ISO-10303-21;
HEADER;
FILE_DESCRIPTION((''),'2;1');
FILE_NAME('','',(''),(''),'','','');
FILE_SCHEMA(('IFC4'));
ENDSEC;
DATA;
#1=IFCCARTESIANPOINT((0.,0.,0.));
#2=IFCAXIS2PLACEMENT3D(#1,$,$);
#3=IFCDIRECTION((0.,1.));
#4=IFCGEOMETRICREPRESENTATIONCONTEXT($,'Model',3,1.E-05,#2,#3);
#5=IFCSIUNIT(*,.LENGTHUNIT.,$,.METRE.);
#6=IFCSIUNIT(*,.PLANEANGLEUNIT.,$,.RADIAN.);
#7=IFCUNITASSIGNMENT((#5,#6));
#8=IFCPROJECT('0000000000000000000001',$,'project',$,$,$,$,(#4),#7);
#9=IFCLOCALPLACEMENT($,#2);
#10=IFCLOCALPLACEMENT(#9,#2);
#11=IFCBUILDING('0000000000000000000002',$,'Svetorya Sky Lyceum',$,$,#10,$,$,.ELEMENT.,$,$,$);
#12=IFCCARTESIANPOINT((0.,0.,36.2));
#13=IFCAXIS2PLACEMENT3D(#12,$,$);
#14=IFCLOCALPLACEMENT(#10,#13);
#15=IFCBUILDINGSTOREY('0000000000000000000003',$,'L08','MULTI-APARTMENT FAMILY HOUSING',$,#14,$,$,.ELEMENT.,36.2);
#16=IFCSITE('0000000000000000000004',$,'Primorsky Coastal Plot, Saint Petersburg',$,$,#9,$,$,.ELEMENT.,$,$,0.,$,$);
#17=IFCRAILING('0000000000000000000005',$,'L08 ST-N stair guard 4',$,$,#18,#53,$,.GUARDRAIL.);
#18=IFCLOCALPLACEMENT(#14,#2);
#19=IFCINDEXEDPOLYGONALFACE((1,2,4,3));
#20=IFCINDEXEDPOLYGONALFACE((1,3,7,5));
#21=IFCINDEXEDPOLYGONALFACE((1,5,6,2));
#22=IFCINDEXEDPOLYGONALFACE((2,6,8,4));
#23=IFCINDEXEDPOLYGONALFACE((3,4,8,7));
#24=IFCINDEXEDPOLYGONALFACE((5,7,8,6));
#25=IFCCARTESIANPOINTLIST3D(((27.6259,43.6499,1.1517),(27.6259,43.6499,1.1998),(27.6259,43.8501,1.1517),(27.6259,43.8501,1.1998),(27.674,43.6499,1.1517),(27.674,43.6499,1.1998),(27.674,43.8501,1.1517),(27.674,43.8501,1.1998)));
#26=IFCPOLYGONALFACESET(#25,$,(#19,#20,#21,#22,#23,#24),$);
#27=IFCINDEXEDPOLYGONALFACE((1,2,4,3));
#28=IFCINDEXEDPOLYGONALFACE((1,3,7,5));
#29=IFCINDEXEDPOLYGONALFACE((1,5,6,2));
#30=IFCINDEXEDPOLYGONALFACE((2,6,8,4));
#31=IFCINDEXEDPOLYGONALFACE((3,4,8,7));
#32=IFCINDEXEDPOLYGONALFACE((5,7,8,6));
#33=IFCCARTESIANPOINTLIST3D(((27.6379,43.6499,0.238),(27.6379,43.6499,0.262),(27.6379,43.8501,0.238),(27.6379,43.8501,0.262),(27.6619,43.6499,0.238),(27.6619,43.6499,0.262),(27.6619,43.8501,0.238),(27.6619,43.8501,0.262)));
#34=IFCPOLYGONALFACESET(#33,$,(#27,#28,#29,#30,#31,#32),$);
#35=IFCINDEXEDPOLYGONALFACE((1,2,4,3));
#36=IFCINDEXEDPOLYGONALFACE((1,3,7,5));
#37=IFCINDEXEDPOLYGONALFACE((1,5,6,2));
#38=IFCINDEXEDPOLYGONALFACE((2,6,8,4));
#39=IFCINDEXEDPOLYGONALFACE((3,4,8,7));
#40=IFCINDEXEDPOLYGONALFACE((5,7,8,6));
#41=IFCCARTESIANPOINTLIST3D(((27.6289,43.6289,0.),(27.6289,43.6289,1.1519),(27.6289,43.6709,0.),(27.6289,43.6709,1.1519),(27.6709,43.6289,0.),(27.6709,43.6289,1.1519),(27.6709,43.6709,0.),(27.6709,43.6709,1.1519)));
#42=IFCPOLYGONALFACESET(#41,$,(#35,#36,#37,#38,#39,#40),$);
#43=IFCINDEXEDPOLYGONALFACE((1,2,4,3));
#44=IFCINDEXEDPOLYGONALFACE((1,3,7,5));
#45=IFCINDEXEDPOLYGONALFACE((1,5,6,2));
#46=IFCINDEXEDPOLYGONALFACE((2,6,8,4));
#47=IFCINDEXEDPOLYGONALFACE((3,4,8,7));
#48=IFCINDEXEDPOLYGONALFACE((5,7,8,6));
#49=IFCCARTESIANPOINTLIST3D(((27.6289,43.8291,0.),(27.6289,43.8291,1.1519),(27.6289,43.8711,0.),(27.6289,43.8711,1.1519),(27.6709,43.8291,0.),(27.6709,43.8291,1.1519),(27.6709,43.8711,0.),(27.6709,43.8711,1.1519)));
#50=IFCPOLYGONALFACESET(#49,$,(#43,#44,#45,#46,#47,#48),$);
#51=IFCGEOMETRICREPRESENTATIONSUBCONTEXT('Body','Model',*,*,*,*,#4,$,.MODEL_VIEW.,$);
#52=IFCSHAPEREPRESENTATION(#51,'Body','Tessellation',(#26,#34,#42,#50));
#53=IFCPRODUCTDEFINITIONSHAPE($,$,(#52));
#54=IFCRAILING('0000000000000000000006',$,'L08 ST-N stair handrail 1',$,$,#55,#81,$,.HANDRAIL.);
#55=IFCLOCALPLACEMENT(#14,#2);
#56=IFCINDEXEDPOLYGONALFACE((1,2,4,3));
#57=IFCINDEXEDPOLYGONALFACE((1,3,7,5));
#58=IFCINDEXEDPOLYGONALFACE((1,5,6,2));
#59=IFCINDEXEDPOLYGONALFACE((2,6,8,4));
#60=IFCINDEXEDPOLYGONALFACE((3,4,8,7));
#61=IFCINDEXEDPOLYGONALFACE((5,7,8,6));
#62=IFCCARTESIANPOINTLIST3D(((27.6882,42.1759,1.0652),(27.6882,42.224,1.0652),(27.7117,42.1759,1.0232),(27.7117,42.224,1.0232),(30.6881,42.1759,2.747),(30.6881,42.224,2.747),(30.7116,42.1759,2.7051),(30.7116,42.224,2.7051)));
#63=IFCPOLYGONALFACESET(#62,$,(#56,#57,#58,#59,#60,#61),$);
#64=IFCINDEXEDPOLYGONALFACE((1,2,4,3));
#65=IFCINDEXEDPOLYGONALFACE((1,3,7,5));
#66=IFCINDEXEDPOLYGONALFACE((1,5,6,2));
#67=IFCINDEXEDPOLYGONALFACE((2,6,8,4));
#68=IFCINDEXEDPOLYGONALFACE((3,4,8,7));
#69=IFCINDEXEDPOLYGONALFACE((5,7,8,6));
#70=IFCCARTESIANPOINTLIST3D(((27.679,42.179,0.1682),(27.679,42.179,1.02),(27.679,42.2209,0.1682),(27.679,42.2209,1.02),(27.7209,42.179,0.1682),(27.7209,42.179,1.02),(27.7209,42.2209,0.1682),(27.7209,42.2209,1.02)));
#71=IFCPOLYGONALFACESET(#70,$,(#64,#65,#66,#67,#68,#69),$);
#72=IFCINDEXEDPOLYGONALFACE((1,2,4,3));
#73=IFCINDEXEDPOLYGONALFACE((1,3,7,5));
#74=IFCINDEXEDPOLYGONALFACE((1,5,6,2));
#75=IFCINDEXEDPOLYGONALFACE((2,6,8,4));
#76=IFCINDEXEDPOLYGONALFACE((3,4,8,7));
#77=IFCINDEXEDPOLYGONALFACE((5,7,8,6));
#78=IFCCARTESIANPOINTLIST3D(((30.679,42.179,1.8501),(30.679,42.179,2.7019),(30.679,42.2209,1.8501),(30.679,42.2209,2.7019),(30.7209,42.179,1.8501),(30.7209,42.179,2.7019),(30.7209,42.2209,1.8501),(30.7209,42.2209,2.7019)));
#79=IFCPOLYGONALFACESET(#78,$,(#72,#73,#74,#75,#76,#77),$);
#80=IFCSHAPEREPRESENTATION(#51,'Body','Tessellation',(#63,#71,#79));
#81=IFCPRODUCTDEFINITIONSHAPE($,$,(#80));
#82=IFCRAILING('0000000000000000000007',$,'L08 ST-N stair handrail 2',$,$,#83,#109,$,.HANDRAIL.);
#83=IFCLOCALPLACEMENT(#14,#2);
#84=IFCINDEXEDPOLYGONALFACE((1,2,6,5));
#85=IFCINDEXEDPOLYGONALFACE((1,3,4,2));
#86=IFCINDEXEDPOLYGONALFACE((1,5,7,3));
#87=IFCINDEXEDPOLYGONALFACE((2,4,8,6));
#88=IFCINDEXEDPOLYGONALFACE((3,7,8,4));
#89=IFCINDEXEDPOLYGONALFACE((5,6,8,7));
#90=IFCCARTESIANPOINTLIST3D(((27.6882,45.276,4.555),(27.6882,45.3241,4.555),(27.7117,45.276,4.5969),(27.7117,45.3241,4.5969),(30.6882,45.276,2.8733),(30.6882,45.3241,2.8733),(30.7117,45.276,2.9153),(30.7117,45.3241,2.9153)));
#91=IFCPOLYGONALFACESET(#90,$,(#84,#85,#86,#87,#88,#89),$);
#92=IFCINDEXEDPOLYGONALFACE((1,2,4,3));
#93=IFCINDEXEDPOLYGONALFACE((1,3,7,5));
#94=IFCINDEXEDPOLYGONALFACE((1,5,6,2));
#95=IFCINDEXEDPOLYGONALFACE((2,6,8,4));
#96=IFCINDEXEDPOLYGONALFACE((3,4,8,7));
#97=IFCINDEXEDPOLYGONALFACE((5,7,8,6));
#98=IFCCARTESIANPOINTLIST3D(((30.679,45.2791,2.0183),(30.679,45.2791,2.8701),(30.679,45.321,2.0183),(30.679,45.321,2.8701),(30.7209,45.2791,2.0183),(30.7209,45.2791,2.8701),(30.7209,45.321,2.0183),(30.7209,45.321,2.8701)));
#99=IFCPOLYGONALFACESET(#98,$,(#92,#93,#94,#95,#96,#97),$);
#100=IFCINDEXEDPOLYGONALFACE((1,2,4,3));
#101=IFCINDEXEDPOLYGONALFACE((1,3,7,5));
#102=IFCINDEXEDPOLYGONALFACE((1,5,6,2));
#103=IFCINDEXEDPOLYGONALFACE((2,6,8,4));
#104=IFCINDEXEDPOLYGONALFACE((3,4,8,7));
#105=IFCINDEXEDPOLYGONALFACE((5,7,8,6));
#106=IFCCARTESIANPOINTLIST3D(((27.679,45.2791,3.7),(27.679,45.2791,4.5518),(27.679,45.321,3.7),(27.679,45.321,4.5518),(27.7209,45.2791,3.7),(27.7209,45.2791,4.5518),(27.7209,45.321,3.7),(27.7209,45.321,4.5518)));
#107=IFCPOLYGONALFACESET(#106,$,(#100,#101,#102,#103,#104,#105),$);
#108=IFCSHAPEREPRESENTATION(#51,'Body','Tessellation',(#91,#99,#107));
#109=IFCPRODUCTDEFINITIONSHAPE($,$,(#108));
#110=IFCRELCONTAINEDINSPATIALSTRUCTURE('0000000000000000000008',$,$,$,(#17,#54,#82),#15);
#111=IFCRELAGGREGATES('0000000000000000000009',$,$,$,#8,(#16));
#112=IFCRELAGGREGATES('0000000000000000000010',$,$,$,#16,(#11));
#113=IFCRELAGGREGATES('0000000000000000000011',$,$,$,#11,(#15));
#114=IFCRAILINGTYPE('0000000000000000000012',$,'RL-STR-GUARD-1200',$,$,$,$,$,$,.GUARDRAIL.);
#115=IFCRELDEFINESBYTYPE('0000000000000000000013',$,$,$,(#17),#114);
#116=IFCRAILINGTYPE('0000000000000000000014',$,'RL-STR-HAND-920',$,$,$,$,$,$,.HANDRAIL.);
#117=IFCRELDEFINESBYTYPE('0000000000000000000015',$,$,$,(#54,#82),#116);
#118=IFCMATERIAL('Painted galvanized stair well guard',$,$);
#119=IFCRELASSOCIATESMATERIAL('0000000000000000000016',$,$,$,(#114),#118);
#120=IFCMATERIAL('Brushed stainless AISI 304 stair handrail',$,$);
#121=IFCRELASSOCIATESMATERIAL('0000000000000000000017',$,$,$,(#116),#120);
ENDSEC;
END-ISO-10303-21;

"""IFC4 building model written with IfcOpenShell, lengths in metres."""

from ifc_helpers import new_model, si_unit, direction, frame, origin, origin_2d, place, context, subcontext, project, spatial, rectangle, extrude, material, type_object, element, save


model = new_model("IFC4")

# Units and contexts
model_context = context("Model", 3, precision=1e-05, world=origin(), true_north=direction((0.0, 1.0)))
body_context = subcontext(model_context, "Body", "Model", "MODEL_VIEW")
ifc_project = project(units=[si_unit("LENGTHUNIT", "METRE"), si_unit("PLANEANGLEUNIT", "RADIAN")], contexts=[model_context])

# Site, building, storey
site_placement = place(None, origin())
site = spatial("IfcSite", under=ifc_project, at=site_placement, Name="Primorsky Coastal Plot, Saint Petersburg", CompositionType="ELEMENT", RefElevation=0.0)
building_placement = place(site_placement, origin())
building = spatial("IfcBuilding", under=site, at=building_placement, Name="Svetorya Sky Lyceum", CompositionType="ELEMENT")
storey_placement = place(building_placement, frame((0.0, 0.0, 36.2)))
storey = spatial("IfcBuildingStorey", under=building, at=storey_placement, Name="L08", Description="MULTI-APARTMENT FAMILY HOUSING", CompositionType="ELEMENT", Elevation=36.2)

# Railings
ifc_material_1 = material(Name="Painted galvanized stair well guard")
railing_type_1 = type_object("IfcRailingType", Name="RL-STR-GUARD-1200", PredefinedType="GUARDRAIL", material=ifc_material_1)
railing_1_placement = place(storey_placement, frame((27.6499, 43.6499, 0.0)))
element("IfcRailing", 1, at=railing_1_placement, inside=storey, type_object=railing_type_1, Name="L08 ST-N stair guard 4", PredefinedType="GUARDRAIL", context=body_context, shape_type="SweptSolid", body=[
    extrude(rectangle(XDim=0.0481, YDim=0.0481, at=origin_2d()), frame((0.0, 0.0, 1.1758), z_axis=(0.0, 1.0, 0.0), x_axis=(-1.0, 0.0, 0.0)), (0.0, 0.0, 1.0), 0.2002),
    extrude(rectangle(XDim=0.0239, YDim=0.0239, at=origin_2d()), frame((0.0, 0.0, 0.25), z_axis=(0.0, 1.0, 0.0), x_axis=(-1.0, 0.0, 0.0)), (0.0, 0.0, 1.0), 0.2002),
    extrude(rectangle(XDim=0.042, YDim=0.042, at=origin_2d()), origin(), (0.0, 0.0, 1.0), 1.1519),
    extrude(rectangle(XDim=0.042, YDim=0.042, at=origin_2d()), frame((0.0, 0.2002, 0.0)), (0.0, 0.0, 1.0), 1.1519),
])
ifc_material_2 = material(Name="Brushed stainless AISI 304 stair handrail")
railing_type_2 = type_object("IfcRailingType", Name="RL-STR-HAND-920", PredefinedType="HANDRAIL", material=ifc_material_2)
railing_2_placement = place(storey_placement, frame((27.7, 42.2, 0.1682)))
element("IfcRailing", 2, at=railing_2_placement, inside=storey, type_object=railing_type_2, Name="L08 ST-N stair handrail 1", PredefinedType="HANDRAIL", context=body_context, shape_type="SweptSolid", body=[
    extrude(rectangle(XDim=0.0481, YDim=0.0481, at=origin_2d()), frame((0.0, 0.0, 0.876), z_axis=(0.872272, 0.0, 0.48902), x_axis=(0.0, 1.0, 0.0)), (0.0, 0.0, 1.0), 3.4392),
    extrude(rectangle(XDim=0.042, YDim=0.042, at=origin_2d()), origin(), (0.0, 0.0, 1.0), 0.8518),
    extrude(rectangle(XDim=0.042, YDim=0.042, at=origin_2d()), frame((3.0, 0.0, 1.6819)), (0.0, 0.0, 1.0), 0.8518),
])
railing_3_placement = place(storey_placement, frame((30.7, 45.3, 2.0183)))
element("IfcRailing", 3, at=railing_3_placement, inside=storey, type_object=railing_type_2, Name="L08 ST-N stair handrail 2", PredefinedType="HANDRAIL", context=body_context, shape_type="SweptSolid", body=[
    extrude(rectangle(XDim=0.0481, YDim=0.0481, at=origin_2d()), frame((0.0, 0.0, 0.876), z_axis=(-0.872303, 0.0, 0.488966), x_axis=(0.0, -1.0, 0.0)), (0.0, 0.0, 1.0), 3.4392),
    extrude(rectangle(XDim=0.042, YDim=0.042, at=origin_2d()), origin(), (0.0, 0.0, 1.0), 0.8518),
    extrude(rectangle(XDim=0.042, YDim=0.042, at=origin_2d()), frame((-3.0, 0.0, 1.6816)), (0.0, 0.0, 1.0), 0.8518),
])

save(model, "model.ifc")
